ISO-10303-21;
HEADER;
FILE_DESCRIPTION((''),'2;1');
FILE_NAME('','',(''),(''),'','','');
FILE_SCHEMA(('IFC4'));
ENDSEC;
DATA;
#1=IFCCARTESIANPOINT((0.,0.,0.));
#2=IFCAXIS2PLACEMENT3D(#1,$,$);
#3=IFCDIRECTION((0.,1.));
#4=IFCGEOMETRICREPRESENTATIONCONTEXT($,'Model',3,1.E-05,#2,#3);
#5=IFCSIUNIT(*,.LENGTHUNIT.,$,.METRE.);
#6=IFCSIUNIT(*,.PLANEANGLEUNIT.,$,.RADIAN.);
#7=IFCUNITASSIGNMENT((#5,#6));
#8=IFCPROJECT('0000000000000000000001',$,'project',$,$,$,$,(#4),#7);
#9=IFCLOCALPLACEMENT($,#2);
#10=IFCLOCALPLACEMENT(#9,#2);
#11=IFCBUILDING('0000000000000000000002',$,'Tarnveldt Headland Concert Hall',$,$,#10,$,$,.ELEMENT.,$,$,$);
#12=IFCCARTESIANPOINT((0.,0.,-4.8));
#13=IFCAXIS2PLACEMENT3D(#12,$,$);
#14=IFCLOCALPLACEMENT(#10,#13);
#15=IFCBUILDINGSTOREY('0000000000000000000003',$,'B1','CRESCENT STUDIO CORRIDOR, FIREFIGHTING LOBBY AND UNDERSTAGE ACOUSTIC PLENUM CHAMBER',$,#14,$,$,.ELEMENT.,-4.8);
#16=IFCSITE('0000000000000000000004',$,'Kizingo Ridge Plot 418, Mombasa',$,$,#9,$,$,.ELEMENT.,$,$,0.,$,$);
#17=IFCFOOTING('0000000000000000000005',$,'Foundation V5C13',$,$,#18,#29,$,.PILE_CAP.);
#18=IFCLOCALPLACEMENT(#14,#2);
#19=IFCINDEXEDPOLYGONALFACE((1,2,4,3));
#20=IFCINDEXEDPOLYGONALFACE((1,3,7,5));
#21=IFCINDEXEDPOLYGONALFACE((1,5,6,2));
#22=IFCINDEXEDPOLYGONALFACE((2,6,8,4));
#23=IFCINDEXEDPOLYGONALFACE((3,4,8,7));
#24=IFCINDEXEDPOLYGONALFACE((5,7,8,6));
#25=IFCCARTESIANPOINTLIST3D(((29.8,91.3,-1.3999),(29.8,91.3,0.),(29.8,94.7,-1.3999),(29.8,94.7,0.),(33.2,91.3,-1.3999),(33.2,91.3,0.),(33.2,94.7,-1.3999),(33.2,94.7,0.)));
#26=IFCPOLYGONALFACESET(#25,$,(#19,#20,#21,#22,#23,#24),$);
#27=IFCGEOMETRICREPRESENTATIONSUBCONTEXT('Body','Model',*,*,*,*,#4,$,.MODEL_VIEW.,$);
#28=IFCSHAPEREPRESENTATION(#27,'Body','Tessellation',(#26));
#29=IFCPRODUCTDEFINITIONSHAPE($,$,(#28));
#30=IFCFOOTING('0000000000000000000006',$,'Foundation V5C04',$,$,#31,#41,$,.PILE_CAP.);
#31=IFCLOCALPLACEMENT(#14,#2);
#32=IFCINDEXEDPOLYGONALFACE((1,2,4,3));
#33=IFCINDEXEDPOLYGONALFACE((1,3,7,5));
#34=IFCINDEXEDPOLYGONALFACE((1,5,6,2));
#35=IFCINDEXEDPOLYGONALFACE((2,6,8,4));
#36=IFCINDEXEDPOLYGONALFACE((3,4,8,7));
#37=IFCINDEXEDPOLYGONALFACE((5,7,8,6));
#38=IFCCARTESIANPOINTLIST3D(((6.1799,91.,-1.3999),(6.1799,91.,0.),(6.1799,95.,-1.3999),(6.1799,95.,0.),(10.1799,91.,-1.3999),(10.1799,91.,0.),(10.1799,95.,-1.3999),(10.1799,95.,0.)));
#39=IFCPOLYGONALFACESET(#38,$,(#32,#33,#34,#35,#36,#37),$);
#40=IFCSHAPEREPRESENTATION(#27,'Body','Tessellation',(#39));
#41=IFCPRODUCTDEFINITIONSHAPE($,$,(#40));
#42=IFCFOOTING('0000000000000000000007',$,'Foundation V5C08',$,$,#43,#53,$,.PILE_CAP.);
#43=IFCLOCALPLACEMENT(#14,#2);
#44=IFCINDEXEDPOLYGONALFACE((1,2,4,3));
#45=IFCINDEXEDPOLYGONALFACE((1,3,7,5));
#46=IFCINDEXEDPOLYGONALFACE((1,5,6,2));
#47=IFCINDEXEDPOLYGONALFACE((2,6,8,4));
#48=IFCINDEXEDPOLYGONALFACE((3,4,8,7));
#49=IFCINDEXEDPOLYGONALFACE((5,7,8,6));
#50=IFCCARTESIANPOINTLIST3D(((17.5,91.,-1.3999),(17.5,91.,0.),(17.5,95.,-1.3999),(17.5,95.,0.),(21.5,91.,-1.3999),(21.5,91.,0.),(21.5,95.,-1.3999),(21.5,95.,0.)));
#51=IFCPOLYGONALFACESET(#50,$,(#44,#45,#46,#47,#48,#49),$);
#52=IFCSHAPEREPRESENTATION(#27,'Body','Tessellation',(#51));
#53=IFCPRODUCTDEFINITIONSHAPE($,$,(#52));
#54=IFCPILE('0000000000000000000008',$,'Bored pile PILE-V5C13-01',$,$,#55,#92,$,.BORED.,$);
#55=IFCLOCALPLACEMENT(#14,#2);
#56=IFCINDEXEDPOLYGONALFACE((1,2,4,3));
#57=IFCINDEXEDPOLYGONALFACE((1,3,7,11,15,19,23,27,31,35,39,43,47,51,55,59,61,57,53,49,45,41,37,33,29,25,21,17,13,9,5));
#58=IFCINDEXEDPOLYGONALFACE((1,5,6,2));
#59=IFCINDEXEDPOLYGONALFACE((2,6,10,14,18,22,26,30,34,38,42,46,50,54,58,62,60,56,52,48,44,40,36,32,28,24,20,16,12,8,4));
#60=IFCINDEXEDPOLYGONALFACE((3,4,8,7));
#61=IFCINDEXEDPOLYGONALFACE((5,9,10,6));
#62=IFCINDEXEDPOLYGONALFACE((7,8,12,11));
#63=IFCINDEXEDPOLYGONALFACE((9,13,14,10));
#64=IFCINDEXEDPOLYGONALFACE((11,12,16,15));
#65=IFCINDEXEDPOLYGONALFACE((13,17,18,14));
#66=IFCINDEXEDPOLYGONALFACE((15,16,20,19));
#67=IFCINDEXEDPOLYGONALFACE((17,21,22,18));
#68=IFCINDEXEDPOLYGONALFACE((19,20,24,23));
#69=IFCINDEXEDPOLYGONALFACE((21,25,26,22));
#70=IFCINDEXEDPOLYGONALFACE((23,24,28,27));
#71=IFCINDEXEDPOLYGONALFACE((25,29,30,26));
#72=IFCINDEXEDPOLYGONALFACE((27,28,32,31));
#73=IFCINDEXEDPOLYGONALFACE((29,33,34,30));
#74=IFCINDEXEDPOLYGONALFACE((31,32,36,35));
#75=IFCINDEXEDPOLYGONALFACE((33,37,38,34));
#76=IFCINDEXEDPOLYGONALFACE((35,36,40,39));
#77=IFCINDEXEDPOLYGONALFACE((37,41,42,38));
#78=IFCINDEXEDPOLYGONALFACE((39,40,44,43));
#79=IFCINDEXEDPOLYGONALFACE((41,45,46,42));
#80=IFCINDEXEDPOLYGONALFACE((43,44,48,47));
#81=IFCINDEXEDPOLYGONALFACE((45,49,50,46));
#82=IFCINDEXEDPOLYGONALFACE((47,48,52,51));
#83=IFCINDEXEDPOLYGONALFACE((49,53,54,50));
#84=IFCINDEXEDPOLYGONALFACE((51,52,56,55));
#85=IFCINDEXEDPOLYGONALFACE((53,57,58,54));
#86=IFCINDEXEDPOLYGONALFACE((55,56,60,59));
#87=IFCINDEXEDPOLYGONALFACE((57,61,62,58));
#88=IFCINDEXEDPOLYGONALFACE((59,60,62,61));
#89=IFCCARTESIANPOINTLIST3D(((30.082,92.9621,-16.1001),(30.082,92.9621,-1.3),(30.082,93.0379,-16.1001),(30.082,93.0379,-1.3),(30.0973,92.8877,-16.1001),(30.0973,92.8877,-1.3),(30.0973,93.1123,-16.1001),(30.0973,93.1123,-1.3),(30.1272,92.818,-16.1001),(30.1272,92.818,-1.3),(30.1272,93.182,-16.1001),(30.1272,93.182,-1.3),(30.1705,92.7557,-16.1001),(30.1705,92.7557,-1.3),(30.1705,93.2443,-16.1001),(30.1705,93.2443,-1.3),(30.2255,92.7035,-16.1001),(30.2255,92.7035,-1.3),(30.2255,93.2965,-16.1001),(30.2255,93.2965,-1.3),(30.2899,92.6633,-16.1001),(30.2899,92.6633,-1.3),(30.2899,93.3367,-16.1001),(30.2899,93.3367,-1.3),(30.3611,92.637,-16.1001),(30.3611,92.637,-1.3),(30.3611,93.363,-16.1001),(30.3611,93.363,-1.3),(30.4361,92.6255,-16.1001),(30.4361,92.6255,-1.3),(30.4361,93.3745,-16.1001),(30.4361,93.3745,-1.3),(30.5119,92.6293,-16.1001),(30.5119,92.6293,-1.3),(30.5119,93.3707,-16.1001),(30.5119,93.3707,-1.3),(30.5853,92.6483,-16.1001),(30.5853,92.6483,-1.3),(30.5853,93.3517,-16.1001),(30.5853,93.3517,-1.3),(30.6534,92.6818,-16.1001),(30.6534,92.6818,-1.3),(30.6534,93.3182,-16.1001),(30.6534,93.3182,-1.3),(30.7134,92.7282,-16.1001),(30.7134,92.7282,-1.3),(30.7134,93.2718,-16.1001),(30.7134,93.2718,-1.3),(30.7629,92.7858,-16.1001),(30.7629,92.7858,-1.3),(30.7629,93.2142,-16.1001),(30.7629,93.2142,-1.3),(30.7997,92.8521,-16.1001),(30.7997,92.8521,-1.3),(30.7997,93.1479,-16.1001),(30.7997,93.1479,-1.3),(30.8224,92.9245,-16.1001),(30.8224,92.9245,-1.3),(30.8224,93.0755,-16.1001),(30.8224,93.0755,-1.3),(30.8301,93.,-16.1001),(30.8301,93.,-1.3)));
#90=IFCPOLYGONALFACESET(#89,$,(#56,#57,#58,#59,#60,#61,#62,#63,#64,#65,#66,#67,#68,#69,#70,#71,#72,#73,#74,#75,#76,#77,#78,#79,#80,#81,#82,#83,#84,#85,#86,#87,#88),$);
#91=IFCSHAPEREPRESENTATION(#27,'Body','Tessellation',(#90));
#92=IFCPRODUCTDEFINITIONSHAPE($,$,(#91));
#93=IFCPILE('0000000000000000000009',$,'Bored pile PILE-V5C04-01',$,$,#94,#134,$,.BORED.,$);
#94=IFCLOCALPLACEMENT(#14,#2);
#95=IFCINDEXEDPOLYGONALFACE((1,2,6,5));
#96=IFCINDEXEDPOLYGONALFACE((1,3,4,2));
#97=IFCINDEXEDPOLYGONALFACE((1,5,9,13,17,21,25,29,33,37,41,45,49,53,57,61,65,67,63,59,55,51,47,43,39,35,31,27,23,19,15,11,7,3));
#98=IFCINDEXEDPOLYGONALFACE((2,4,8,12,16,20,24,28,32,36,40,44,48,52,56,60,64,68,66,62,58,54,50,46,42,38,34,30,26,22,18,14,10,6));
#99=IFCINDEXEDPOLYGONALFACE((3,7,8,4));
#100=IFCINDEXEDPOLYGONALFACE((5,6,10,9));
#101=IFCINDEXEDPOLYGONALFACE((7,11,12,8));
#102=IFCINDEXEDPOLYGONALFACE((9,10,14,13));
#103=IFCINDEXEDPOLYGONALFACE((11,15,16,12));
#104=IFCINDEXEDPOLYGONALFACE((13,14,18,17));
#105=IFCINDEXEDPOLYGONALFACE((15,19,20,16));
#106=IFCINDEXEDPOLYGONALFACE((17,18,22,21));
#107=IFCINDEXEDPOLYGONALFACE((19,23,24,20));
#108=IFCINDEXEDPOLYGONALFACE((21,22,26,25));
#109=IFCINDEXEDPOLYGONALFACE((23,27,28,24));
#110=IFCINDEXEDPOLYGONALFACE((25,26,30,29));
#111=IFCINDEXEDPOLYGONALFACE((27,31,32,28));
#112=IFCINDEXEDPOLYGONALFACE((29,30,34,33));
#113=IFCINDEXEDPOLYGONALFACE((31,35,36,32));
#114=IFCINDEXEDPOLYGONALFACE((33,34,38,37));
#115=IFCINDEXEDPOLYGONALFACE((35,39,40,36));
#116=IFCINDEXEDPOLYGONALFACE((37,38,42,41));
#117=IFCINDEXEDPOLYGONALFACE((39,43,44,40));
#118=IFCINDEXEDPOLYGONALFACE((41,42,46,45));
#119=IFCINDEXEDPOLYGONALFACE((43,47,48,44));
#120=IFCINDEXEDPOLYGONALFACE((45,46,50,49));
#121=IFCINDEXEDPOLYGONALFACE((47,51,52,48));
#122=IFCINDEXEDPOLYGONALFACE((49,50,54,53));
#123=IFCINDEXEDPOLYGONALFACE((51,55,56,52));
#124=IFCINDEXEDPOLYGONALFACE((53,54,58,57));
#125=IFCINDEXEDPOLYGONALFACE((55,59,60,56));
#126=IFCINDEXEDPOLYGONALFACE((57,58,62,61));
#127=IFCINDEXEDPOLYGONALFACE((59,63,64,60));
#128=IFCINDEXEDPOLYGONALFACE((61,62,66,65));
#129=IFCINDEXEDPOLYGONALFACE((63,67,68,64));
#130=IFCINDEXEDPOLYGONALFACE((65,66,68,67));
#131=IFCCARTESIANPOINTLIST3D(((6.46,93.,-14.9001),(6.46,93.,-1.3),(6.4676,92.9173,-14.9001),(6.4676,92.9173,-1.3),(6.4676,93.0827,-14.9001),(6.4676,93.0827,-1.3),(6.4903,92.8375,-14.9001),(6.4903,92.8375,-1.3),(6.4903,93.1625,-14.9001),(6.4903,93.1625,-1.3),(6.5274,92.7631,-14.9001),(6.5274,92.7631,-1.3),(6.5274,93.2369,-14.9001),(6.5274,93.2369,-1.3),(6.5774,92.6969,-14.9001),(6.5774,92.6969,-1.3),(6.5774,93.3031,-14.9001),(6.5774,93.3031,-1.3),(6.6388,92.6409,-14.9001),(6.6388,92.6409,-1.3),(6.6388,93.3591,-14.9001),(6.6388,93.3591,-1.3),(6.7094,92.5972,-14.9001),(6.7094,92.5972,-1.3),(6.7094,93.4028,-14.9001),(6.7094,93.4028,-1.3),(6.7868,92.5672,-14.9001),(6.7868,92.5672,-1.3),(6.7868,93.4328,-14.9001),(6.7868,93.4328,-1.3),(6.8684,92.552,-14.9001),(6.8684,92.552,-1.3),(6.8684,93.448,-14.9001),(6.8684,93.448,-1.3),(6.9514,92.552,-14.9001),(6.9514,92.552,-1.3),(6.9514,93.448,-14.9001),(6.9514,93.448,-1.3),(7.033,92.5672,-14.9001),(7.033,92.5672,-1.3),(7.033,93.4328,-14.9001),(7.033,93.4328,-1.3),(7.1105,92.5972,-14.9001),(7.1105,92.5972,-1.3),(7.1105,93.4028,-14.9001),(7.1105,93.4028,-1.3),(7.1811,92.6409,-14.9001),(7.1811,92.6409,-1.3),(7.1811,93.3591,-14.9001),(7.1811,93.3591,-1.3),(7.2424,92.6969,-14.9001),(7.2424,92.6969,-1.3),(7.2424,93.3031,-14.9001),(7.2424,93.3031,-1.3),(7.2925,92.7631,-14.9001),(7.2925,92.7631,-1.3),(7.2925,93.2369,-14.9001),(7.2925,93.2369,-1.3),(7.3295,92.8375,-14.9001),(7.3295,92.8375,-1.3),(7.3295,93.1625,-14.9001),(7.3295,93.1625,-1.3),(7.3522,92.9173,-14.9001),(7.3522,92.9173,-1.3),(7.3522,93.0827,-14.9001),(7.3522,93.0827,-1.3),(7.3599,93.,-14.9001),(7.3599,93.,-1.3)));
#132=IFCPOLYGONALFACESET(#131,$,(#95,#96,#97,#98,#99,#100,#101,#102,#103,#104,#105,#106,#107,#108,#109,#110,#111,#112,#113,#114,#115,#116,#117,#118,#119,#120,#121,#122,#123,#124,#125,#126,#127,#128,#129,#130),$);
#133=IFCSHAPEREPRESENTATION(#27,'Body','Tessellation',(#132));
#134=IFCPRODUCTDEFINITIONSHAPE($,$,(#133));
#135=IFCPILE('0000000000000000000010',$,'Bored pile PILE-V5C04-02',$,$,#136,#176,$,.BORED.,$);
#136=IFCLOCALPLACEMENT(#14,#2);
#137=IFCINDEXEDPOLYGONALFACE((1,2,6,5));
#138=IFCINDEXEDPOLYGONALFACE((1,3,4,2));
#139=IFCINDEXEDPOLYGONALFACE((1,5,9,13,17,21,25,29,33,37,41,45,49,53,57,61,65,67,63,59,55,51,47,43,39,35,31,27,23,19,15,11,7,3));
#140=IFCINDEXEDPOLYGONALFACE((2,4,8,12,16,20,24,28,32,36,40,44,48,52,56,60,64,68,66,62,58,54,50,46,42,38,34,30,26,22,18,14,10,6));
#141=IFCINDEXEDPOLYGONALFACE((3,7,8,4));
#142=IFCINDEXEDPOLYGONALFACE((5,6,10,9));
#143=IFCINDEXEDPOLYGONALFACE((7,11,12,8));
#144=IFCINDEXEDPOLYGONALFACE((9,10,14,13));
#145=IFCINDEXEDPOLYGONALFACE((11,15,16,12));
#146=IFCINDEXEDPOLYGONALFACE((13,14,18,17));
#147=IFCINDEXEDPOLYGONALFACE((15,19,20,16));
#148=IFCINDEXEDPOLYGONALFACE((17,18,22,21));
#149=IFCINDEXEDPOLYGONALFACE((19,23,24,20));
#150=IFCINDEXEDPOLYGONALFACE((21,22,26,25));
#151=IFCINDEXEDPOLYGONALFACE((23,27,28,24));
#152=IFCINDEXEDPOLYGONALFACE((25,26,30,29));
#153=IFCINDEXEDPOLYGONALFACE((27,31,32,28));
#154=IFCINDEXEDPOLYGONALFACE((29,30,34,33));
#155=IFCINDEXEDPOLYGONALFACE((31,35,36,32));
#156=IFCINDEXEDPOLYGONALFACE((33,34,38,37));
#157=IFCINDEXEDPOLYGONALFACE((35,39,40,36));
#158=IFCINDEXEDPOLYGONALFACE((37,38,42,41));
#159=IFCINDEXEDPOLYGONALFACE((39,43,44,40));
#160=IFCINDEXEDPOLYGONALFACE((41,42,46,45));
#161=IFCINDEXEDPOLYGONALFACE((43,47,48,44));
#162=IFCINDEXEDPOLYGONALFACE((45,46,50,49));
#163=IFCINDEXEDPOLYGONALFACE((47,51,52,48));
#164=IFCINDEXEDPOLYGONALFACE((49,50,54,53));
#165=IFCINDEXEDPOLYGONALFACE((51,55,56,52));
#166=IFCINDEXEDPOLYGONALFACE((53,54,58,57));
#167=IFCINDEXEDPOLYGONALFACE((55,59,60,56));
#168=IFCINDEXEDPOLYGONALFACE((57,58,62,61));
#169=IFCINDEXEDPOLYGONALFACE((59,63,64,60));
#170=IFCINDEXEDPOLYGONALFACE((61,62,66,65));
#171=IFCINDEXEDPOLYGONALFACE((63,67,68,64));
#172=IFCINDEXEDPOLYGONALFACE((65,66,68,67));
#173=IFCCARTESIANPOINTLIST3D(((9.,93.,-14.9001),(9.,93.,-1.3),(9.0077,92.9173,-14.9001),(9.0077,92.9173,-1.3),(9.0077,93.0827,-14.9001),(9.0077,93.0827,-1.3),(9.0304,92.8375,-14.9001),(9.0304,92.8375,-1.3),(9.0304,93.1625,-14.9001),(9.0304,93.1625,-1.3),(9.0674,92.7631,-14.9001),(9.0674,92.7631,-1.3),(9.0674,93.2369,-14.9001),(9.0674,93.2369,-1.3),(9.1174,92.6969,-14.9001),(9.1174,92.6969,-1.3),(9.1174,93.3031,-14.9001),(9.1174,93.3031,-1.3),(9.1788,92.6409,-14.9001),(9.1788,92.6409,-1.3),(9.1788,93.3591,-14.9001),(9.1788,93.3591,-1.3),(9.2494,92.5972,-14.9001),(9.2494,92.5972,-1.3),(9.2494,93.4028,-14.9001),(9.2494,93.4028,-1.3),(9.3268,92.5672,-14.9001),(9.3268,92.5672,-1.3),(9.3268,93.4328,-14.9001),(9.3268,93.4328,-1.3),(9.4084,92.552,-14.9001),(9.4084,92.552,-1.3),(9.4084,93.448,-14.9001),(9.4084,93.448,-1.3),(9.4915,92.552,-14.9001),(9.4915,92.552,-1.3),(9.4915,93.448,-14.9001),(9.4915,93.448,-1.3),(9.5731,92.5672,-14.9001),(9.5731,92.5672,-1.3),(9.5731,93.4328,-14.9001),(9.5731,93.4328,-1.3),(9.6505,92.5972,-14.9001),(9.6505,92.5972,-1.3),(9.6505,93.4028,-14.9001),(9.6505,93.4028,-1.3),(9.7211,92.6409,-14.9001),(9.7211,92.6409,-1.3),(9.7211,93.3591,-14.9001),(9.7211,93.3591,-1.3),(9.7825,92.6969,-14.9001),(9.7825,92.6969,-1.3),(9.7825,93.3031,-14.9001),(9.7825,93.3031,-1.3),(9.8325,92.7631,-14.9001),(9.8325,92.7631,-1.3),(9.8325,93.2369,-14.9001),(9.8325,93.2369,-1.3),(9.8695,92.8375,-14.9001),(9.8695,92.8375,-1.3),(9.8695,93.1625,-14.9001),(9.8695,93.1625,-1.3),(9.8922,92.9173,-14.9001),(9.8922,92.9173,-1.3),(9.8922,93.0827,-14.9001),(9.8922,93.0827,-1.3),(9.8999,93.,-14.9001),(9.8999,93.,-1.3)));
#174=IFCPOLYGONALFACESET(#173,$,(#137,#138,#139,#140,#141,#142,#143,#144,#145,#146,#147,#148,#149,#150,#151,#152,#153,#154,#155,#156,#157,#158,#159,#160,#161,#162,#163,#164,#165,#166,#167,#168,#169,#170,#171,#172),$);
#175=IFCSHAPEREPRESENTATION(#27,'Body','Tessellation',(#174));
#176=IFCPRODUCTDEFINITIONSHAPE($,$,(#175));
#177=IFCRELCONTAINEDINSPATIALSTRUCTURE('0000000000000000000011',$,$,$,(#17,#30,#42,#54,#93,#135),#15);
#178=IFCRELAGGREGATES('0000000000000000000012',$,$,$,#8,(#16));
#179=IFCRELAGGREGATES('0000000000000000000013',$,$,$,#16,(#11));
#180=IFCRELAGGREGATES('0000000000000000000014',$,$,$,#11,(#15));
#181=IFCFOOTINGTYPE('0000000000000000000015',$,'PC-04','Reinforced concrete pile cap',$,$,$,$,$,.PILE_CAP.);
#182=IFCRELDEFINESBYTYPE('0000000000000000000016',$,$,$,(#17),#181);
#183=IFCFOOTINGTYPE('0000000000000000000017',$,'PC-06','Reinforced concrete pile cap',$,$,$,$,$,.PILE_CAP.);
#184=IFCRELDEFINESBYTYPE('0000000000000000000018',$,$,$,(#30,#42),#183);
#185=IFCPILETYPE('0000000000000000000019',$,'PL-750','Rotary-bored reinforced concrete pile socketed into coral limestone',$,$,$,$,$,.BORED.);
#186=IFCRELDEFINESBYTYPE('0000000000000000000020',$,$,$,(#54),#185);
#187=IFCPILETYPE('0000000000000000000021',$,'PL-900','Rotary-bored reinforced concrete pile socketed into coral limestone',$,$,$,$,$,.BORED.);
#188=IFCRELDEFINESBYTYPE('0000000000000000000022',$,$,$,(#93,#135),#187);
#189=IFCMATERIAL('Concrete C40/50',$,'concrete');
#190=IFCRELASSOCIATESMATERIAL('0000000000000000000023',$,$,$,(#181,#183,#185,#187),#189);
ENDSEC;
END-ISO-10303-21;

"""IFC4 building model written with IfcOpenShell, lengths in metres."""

from ifc_helpers import new_model, si_unit, direction, frame, origin, origin_2d, place, context, subcontext, project, spatial, rectangle, circle, extrude, material, material_profile, profile_set, type_object, element, save


model = new_model("IFC4")

# Units and contexts
model_context = context("Model", 3, precision=1e-05, world=origin(), true_north=direction((0.0, 1.0)))
body_context = subcontext(model_context, "Body", "Model", "MODEL_VIEW")
ifc_project = project(units=[si_unit("LENGTHUNIT", "METRE"), si_unit("PLANEANGLEUNIT", "RADIAN")], contexts=[model_context])

# Site, building, storey
site_placement = place(None, origin())
site = spatial("IfcSite", under=ifc_project, at=site_placement, Name="Kizingo Ridge Plot 418, Mombasa", CompositionType="ELEMENT", RefElevation=0.0)
building_placement = place(site_placement, origin())
building = spatial("IfcBuilding", under=site, at=building_placement, Name="Tarnveldt Headland Concert Hall", CompositionType="ELEMENT")
storey_placement = place(building_placement, frame((0.0, 0.0, -4.8)))
storey = spatial("IfcBuildingStorey", under=building, at=storey_placement, Name="B1", Description="CRESCENT STUDIO CORRIDOR, FIREFIGHTING LOBBY AND UNDERSTAGE ACOUSTIC PLENUM CHAMBER", CompositionType="ELEMENT", Elevation=-4.8)

# Footings
ifc_material_1 = material(Name="Concrete C40/50", Category="concrete")
footing_type_1 = type_object("IfcFootingType", Name="PC-04", Description="Reinforced concrete pile cap", PredefinedType="PILE_CAP", material=ifc_material_1)
footing_placement = place(storey_placement, frame((31.5, 93.0, -1.3999), z_axis=(0.0, 0.0, 1.0), x_axis=(1.0, 0.0, 0.0)))
element("IfcFooting", 1, at=footing_placement, inside=storey, type_object=footing_type_1, Name="Foundation V5C13", PredefinedType="PILE_CAP", context=body_context, shape_type="SweptSolid", body=[
    extrude(rectangle(XDim=3.3999, YDim=3.3999, at=origin_2d()), origin(), (0.0, 0.0, 1.0), 1.3999),
])
footing_type_2 = type_object("IfcFootingType", Name="PC-06", Description="Reinforced concrete pile cap", PredefinedType="PILE_CAP", material=ifc_material_1)
for number, where, z_axis, x_axis, name in (
    (2, (8.1799, 93.0, -1.3999), (0.0, 0.0, 1.0), (1.0, 0.0, 0.0), "Foundation V5C04"),
    (3, (19.5, 93.0, -1.3999), (0.0, 0.0, 1.0), (1.0, 0.0, 0.0), "Foundation V5C08"),
):
    element("IfcFooting", number, at=place(storey_placement, frame(where, z_axis=z_axis, x_axis=x_axis)), inside=storey, type_object=footing_type_2, Name=name, PredefinedType="PILE_CAP", context=body_context, shape_type="SweptSolid", body=[
        extrude(rectangle(XDim=4.0, YDim=4.0, at=origin_2d()), origin(), (0.0, 0.0, 1.0), 1.3999),
    ])

# Piles
ifc_material_profile_1 = material_profile(ifc_material_1, circle(Radius=0.375, at=origin_2d()), Name="BORED PILE D750", Category="concrete")
ifc_profile_set_1 = profile_set([ifc_material_profile_1], Name="Concrete C40/50")
pile_type_1 = type_object("IfcPileType", Name="PL-750", Description="Rotary-bored reinforced concrete pile socketed into coral limestone", PredefinedType="BORED", material=ifc_profile_set_1)
pile_placement = place(storey_placement, frame((30.4551, 93.0, -1.3), z_axis=(0.0, 0.0, -1.0), x_axis=(1.0, 0.0, 0.0)))
element("IfcPile", 4, at=pile_placement, inside=storey, type_object=pile_type_1, Name="Bored pile PILE-V5C13-01", PredefinedType="BORED", context=body_context, shape_type="SweptSolid", body=[
    extrude(circle(Radius=0.375, at=origin_2d()), origin(), (0.0, 0.0, 1.0), 14.8),
])
ifc_material_profile_2 = material_profile(ifc_material_1, circle(Radius=0.45, at=origin_2d()), Name="BORED PILE D900", Category="concrete")
ifc_profile_set_2 = profile_set([ifc_material_profile_2], Name="Concrete C40/50")
pile_type_2 = type_object("IfcPileType", Name="PL-900", Description="Rotary-bored reinforced concrete pile socketed into coral limestone", PredefinedType="BORED", material=ifc_profile_set_2)
for number, where, z_axis, x_axis, name in (
    (5, (6.9099, 93.0, -1.3), (0.0, 0.0, -1.0), (1.0, 0.0, 0.0), "Bored pile PILE-V5C04-01"),
    (6, (9.45, 93.0, -1.3), (0.0, 0.0, -1.0), (1.0, 0.0, 0.0), "Bored pile PILE-V5C04-02"),
):
    element("IfcPile", number, at=place(storey_placement, frame(where, z_axis=z_axis, x_axis=x_axis)), inside=storey, type_object=pile_type_2, Name=name, PredefinedType="BORED", context=body_context, shape_type="SweptSolid", body=[
        extrude(circle(Radius=0.45, at=origin_2d()), origin(), (0.0, 0.0, 1.0), 13.6001),
    ])

save(model, "model.ifc")
